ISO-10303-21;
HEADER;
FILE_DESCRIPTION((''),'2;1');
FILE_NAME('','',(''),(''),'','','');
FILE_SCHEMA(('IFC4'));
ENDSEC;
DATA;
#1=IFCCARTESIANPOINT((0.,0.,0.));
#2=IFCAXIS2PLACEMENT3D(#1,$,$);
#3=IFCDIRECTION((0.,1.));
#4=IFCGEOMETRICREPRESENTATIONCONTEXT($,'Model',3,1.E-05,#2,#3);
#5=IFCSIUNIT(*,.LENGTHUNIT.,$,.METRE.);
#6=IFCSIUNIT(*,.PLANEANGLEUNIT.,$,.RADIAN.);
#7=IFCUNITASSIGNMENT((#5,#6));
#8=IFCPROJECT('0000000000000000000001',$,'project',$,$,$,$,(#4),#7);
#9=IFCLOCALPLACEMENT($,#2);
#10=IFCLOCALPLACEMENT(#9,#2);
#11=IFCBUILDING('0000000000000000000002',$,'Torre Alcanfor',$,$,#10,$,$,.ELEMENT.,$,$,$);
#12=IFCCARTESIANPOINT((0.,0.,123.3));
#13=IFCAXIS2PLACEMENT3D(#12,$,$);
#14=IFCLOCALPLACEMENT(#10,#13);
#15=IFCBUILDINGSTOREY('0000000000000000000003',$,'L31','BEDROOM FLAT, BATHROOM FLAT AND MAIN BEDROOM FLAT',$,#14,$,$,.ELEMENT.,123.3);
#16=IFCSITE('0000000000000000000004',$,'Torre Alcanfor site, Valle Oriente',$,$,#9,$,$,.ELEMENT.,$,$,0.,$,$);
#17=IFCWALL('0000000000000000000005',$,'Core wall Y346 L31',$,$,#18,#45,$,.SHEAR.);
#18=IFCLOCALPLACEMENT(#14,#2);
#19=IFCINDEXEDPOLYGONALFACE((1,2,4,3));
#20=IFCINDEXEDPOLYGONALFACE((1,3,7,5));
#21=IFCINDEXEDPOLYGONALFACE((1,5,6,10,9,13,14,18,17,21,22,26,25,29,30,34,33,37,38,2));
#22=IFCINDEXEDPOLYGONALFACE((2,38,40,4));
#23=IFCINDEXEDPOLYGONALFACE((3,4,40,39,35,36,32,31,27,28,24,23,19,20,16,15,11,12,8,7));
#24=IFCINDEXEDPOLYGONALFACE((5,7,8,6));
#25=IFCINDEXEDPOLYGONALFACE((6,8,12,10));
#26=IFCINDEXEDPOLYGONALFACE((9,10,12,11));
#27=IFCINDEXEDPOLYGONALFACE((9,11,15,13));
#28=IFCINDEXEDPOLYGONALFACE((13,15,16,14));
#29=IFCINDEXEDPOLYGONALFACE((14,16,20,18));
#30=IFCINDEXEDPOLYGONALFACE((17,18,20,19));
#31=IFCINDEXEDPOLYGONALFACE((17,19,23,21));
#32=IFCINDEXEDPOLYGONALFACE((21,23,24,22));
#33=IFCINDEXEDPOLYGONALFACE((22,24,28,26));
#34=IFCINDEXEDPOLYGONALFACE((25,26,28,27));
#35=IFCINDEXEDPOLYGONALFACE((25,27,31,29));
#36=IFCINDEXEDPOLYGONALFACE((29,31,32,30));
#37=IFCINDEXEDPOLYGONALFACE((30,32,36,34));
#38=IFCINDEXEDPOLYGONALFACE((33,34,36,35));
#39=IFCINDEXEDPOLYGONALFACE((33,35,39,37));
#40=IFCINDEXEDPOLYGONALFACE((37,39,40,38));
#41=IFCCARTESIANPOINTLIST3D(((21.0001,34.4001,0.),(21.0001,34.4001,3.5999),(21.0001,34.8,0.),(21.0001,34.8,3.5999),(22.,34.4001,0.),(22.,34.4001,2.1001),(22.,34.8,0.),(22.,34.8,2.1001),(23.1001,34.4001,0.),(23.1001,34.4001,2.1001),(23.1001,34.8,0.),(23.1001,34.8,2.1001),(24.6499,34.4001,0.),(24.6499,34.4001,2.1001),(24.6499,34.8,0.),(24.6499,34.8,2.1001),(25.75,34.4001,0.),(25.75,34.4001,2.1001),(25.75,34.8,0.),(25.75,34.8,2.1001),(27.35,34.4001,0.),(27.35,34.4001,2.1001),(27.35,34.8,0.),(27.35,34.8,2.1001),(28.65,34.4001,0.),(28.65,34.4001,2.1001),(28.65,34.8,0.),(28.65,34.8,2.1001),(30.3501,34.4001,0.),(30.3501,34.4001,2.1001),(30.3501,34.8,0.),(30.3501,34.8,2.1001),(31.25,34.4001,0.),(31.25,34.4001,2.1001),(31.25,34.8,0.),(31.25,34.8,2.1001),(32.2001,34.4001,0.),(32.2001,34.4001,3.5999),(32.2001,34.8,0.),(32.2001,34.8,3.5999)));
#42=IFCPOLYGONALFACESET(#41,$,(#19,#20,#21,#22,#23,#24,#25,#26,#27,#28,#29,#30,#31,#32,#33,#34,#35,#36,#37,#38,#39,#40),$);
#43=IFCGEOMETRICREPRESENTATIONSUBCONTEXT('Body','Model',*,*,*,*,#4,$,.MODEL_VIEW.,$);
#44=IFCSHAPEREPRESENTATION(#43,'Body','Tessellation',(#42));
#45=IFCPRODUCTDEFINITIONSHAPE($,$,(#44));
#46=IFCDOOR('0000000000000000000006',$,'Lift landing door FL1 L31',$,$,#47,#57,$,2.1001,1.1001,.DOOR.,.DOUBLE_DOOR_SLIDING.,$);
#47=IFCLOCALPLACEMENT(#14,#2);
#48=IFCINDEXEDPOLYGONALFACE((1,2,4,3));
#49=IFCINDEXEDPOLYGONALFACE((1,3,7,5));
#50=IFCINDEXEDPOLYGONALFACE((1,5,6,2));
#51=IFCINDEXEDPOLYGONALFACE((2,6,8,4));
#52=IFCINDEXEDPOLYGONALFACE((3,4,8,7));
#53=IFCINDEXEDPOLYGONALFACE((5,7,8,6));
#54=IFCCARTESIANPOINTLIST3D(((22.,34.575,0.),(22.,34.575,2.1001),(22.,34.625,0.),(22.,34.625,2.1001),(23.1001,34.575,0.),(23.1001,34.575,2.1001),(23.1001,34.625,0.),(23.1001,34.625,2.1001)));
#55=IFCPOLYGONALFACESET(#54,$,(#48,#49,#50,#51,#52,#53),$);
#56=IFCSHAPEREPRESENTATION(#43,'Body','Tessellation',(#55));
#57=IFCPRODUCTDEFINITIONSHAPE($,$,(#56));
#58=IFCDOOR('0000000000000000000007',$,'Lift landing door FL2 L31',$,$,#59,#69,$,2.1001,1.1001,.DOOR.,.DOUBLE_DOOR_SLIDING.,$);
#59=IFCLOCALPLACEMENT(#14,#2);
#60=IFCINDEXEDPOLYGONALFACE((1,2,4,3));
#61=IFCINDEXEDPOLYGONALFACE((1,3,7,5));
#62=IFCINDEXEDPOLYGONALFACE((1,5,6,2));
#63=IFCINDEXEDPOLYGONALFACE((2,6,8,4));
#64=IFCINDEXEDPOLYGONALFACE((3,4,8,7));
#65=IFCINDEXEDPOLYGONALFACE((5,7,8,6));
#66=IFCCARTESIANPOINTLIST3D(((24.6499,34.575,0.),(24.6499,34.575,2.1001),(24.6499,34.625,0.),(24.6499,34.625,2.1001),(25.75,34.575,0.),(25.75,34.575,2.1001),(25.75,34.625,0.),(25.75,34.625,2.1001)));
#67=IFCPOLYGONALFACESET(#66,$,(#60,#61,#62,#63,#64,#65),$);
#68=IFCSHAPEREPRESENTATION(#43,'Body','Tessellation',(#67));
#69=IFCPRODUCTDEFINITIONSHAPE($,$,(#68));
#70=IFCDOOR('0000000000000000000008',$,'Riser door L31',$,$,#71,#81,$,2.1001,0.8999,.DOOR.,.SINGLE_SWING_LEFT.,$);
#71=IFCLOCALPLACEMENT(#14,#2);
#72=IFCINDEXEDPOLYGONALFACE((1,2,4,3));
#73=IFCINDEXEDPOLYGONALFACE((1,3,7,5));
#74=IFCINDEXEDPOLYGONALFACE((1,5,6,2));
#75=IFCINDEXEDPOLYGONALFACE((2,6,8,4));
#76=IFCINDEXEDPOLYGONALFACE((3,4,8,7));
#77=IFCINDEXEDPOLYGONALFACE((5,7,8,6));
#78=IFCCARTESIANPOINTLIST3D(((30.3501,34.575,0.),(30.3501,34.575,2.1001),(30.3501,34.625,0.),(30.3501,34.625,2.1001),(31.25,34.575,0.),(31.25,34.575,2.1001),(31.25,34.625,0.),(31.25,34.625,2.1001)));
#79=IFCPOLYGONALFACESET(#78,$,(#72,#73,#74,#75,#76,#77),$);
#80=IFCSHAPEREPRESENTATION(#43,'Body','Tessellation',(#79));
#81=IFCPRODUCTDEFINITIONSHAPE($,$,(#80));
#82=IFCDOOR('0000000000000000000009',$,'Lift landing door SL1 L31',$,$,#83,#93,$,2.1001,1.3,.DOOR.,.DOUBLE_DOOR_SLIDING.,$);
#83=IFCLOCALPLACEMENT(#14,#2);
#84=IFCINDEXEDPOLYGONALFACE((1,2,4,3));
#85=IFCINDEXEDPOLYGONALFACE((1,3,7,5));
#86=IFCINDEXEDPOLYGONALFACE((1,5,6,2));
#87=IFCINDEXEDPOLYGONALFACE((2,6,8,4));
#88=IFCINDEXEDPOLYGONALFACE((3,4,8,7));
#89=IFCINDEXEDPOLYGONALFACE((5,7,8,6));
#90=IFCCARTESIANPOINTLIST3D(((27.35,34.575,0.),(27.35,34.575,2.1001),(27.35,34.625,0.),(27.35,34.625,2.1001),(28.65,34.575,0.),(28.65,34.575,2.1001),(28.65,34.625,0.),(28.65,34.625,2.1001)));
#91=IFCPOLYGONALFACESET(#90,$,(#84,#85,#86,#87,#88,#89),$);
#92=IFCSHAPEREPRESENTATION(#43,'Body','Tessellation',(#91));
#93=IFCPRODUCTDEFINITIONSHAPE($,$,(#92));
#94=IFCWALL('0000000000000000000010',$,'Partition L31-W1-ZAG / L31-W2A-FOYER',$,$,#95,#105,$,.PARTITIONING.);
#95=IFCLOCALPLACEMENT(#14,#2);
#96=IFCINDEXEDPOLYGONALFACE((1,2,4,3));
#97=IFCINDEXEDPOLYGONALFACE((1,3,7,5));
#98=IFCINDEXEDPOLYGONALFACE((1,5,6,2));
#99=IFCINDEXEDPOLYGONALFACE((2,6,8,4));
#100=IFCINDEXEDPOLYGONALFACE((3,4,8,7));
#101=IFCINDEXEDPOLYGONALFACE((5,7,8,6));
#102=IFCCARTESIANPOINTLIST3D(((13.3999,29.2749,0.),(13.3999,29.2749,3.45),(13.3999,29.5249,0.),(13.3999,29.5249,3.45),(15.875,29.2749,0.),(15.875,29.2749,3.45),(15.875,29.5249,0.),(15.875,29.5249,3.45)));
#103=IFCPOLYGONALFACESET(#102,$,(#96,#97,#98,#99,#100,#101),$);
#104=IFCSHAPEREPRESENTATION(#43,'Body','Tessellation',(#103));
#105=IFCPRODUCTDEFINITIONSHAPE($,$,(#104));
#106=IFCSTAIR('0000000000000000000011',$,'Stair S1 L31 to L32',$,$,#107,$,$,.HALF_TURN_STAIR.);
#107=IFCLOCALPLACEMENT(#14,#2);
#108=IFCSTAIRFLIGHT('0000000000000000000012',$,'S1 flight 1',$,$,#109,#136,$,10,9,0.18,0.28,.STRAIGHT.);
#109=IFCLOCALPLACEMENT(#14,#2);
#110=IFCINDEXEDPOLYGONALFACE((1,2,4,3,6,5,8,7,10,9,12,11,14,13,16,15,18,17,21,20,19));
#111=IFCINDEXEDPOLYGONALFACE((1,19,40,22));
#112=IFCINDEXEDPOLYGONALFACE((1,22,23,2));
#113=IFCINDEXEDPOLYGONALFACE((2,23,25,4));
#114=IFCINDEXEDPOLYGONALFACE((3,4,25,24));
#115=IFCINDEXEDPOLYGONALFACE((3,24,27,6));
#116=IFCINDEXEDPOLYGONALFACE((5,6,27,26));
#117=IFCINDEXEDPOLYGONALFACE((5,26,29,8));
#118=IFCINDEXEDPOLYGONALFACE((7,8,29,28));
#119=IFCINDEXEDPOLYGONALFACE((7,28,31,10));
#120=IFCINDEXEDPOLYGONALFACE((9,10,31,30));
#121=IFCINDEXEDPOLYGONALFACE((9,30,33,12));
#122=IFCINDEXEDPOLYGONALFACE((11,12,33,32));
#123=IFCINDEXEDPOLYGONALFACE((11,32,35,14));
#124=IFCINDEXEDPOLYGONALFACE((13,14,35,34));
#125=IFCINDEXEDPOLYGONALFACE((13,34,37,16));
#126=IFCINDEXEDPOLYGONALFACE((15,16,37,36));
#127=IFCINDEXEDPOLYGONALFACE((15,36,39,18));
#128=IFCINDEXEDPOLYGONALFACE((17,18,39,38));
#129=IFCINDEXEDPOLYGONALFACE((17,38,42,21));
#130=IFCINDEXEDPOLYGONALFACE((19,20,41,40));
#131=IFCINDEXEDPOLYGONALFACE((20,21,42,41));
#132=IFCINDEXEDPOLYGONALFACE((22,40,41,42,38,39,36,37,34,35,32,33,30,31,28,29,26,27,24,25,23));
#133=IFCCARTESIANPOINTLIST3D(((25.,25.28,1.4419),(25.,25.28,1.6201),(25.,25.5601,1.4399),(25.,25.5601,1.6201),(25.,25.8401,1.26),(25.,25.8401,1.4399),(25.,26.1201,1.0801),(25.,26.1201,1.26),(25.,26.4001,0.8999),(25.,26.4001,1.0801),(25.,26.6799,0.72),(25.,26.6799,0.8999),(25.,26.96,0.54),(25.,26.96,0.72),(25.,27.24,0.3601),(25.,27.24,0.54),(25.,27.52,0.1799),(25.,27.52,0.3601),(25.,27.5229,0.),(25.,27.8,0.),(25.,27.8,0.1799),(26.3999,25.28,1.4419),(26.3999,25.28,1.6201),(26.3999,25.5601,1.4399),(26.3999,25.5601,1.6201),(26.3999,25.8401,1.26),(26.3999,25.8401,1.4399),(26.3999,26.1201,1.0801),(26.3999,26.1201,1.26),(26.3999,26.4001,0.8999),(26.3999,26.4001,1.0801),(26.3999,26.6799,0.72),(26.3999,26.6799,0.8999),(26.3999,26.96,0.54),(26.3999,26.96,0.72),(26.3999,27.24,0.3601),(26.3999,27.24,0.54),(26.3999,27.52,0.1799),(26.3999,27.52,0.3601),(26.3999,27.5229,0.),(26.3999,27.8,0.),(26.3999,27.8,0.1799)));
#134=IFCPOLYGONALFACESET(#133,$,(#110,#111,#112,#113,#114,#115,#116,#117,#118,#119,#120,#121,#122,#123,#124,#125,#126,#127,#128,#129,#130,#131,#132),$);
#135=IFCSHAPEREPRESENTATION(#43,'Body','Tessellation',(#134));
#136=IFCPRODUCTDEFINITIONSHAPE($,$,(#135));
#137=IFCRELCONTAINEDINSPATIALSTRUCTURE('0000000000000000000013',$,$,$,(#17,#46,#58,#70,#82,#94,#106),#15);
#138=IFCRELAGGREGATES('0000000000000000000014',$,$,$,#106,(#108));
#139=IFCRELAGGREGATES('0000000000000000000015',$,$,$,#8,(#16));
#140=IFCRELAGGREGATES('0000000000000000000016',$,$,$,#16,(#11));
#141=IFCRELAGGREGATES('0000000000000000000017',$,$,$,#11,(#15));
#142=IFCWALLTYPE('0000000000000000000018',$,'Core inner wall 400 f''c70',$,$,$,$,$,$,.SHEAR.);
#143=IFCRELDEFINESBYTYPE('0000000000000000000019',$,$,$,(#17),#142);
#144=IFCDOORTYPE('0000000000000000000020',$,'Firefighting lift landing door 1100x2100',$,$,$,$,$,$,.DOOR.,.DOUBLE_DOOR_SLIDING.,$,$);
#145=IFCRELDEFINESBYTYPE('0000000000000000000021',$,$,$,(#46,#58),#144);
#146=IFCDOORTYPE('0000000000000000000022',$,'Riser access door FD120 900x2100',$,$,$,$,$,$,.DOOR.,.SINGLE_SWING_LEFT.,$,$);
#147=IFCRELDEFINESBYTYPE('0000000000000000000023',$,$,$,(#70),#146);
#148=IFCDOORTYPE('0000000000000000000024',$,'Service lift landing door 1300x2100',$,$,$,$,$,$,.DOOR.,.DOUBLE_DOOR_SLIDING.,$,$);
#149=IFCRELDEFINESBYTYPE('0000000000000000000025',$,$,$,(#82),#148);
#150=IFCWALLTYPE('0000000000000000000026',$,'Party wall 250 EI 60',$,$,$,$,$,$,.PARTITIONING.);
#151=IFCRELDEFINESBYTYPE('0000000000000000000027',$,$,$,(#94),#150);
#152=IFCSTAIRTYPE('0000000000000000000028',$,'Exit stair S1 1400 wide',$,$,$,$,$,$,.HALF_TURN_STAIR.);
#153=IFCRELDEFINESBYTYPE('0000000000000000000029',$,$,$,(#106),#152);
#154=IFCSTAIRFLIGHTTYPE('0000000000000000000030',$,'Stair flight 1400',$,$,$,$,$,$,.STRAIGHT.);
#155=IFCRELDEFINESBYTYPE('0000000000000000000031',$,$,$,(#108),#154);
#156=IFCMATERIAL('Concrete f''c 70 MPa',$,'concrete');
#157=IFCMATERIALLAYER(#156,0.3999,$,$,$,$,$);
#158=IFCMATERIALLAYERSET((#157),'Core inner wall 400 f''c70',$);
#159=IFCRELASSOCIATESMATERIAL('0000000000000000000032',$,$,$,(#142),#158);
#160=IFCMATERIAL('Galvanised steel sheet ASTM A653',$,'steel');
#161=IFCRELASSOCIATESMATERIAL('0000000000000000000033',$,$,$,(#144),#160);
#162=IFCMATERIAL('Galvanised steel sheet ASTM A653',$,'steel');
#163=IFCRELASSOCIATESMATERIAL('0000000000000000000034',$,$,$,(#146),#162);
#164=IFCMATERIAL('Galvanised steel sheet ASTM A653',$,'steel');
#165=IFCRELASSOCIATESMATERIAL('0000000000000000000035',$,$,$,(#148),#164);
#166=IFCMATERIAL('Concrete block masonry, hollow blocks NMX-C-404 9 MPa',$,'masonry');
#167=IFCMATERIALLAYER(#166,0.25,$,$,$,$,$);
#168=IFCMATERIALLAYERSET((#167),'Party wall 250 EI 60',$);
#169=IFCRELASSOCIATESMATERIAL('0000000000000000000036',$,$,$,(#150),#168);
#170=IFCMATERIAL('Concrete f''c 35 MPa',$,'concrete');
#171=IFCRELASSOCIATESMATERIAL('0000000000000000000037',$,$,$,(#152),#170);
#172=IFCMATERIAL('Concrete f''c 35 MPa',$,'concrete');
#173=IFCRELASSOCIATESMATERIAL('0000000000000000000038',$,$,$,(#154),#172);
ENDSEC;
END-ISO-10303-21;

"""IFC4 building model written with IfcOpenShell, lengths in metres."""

from ifc_helpers import new_model, si_unit, direction, frame, frame_2d, origin, place, context, subcontext, project, spatial, polyline, rectangle, outline, extrude, material, layer, layer_set, type_object, element, fill, aggregate, save


model = new_model("IFC4")

# Units and contexts
model_context = context("Model", 3, precision=1e-05, world=origin(), true_north=direction((0.0, 1.0)))
body_context = subcontext(model_context, "Body", "Model", "MODEL_VIEW")
ifc_project = project(units=[si_unit("LENGTHUNIT", "METRE"), si_unit("PLANEANGLEUNIT", "RADIAN")], contexts=[model_context])

# Site, building, storey
site_placement = place(None, origin())
site = spatial("IfcSite", under=ifc_project, at=site_placement, Name="Torre Alcanfor site, Valle Oriente", CompositionType="ELEMENT", RefElevation=0.0)
building_placement = place(site_placement, origin())
building = spatial("IfcBuilding", under=site, at=building_placement, Name="Torre Alcanfor", CompositionType="ELEMENT")
storey_placement = place(building_placement, frame((0.0, 0.0, 123.3)))
storey = spatial("IfcBuildingStorey", under=building, at=storey_placement, Name="L31", Description="BEDROOM FLAT, BATHROOM FLAT AND MAIN BEDROOM FLAT", CompositionType="ELEMENT", Elevation=123.3)

# Shared definitions
ifc_material_1 = material(Name="Concrete f'c 70 MPa", Category="concrete")
ifc_layer_1 = layer(ifc_material_1, 0.3999)
ifc_layer_set_1 = layer_set([ifc_layer_1], Name="Core inner wall 400 f'c70")
wall_type_1 = type_object("IfcWallType", Name="Core inner wall 400 f'c70", PredefinedType="SHEAR", material=ifc_layer_set_1)

# Wall, openings, doors
wall_1_placement = place(storey_placement, frame((21.0, 34.6001, 0.0), z_axis=(0.0, 0.0, 1.0), x_axis=(1.0, 0.0, 0.0)))
wall_1 = element("IfcWall", 1, at=wall_1_placement, inside=storey, type_object=wall_type_1, Name="Core wall Y346 L31", PredefinedType="SHEAR", context=body_context, shape_type="SweptSolid", body=[
    extrude(rectangle(XDim=11.2, YDim=0.3999, at=frame_2d((5.6001, 0.0))), origin(), (0.0, 0.0, 1.0), 3.5999),
])
opening_1_placement = place(wall_1_placement, frame((9.3501, 0.0, 0.0)))
opening_1 = element("IfcOpeningElement", 2, at=opening_1_placement, cuts=wall_1, PredefinedType="OPENING", context=body_context, shape_type="SweptSolid", body=[
    extrude(rectangle(XDim=0.8999, YDim=2.1001, at=frame_2d((0.45, 1.05))), frame((0.0, 0.21, 0.0), z_axis=(0.0, -1.0, 0.0), x_axis=(1.0, 0.0, 0.0)), (0.0, 0.0, 1.0), 0.4199),
])
opening_2_placement = place(wall_1_placement, frame((1.0, 0.0, 0.0)))
opening_2 = element("IfcOpeningElement", 3, at=opening_2_placement, cuts=wall_1, PredefinedType="OPENING", context=body_context, shape_type="SweptSolid", body=[
    extrude(rectangle(XDim=1.1001, YDim=2.1001, at=frame_2d((0.55, 1.05))), frame((0.0, 0.21, 0.0), z_axis=(0.0, -1.0, 0.0), x_axis=(1.0, 0.0, 0.0)), (0.0, 0.0, 1.0), 0.4199),
])
opening_3_placement = place(wall_1_placement, frame((3.6499, 0.0, 0.0)))
opening_3 = element("IfcOpeningElement", 4, at=opening_3_placement, cuts=wall_1, PredefinedType="OPENING", context=body_context, shape_type="SweptSolid", body=[
    extrude(rectangle(XDim=1.1001, YDim=2.1001, at=frame_2d((0.55, 1.05))), frame((0.0, 0.21, 0.0), z_axis=(0.0, -1.0, 0.0), x_axis=(1.0, 0.0, 0.0)), (0.0, 0.0, 1.0), 0.4199),
])
opening_4_placement = place(wall_1_placement, frame((6.3501, 0.0, 0.0)))
opening_4 = element("IfcOpeningElement", 5, at=opening_4_placement, cuts=wall_1, PredefinedType="OPENING", context=body_context, shape_type="SweptSolid", body=[
    extrude(rectangle(XDim=1.3, YDim=2.1001, at=frame_2d((0.6499, 1.05))), frame((0.0, 0.21, 0.0), z_axis=(0.0, -1.0, 0.0), x_axis=(1.0, 0.0, 0.0)), (0.0, 0.0, 1.0), 0.4199),
])
ifc_material_2 = material(Name="Galvanised steel sheet ASTM A653", Category="steel")
door_type_1 = type_object("IfcDoorType", Name="Firefighting lift landing door 1100x2100", OperationType="DOUBLE_DOOR_SLIDING", PredefinedType="DOOR", material=ifc_material_2)
door_1_placement = place(opening_2_placement, origin())
door_1 = element("IfcDoor", 6, at=door_1_placement, inside=storey, type_object=door_type_1, Name="Lift landing door FL1 L31", OperationType="DOUBLE_DOOR_SLIDING", OverallHeight=2.1001, OverallWidth=1.1001, PredefinedType="DOOR", context=body_context, shape_type="SweptSolid", body=[
    extrude(rectangle(XDim=1.1001, YDim=2.1001, at=frame_2d((0.55, 1.05))), frame((0.0, 0.0249, 0.0), z_axis=(0.0, -1.0, 0.0), x_axis=(1.0, 0.0, 0.0)), (0.0, 0.0, 1.0), 0.05),
])
fill(opening_2, door_1)
door_2_placement = place(opening_3_placement, origin())
door_2 = element("IfcDoor", 7, at=door_2_placement, inside=storey, type_object=door_type_1, Name="Lift landing door FL2 L31", OperationType="DOUBLE_DOOR_SLIDING", OverallHeight=2.1001, OverallWidth=1.1001, PredefinedType="DOOR", context=body_context, shape_type="SweptSolid", body=[
    extrude(rectangle(XDim=1.1001, YDim=2.1001, at=frame_2d((0.55, 1.05))), frame((0.0, 0.0249, 0.0), z_axis=(0.0, -1.0, 0.0), x_axis=(1.0, 0.0, 0.0)), (0.0, 0.0, 1.0), 0.05),
])
fill(opening_3, door_2)
ifc_material_3 = material(Name="Galvanised steel sheet ASTM A653", Category="steel")
door_type_2 = type_object("IfcDoorType", Name="Riser access door FD120 900x2100", OperationType="SINGLE_SWING_LEFT", PredefinedType="DOOR", material=ifc_material_3)
door_3_placement = place(opening_1_placement, origin())
door_3 = element("IfcDoor", 8, at=door_3_placement, inside=storey, type_object=door_type_2, Name="Riser door L31", OperationType="SINGLE_SWING_LEFT", OverallHeight=2.1001, OverallWidth=0.8999, PredefinedType="DOOR", context=body_context, shape_type="SweptSolid", body=[
    extrude(rectangle(XDim=0.8999, YDim=2.1001, at=frame_2d((0.45, 1.05))), frame((0.0, 0.0249, 0.0), z_axis=(0.0, -1.0, 0.0), x_axis=(1.0, 0.0, 0.0)), (0.0, 0.0, 1.0), 0.05),
])
fill(opening_1, door_3)
ifc_material_4 = material(Name="Galvanised steel sheet ASTM A653", Category="steel")
door_type_3 = type_object("IfcDoorType", Name="Service lift landing door 1300x2100", OperationType="DOUBLE_DOOR_SLIDING", PredefinedType="DOOR", material=ifc_material_4)
door_4_placement = place(opening_4_placement, origin())
door_4 = element("IfcDoor", 9, at=door_4_placement, inside=storey, type_object=door_type_3, Name="Lift landing door SL1 L31", OperationType="DOUBLE_DOOR_SLIDING", OverallHeight=2.1001, OverallWidth=1.3, PredefinedType="DOOR", context=body_context, shape_type="SweptSolid", body=[
    extrude(rectangle(XDim=1.3, YDim=2.1001, at=frame_2d((0.6499, 1.05))), frame((0.0, 0.0249, 0.0), z_axis=(0.0, -1.0, 0.0), x_axis=(1.0, 0.0, 0.0)), (0.0, 0.0, 1.0), 0.05),
])
fill(opening_4, door_4)

# Wall
ifc_material_5 = material(Name="Concrete block masonry, hollow blocks NMX-C-404 9 MPa", Category="masonry")
ifc_layer_2 = layer(ifc_material_5, 0.25)
ifc_layer_set_2 = layer_set([ifc_layer_2], Name="Party wall 250 EI 60")
wall_type_2 = type_object("IfcWallType", Name="Party wall 250 EI 60", PredefinedType="PARTITIONING", material=ifc_layer_set_2)
wall_2_placement = place(storey_placement, frame((15.875, 29.3999, 0.0), z_axis=(0.0, 0.0, 1.0), x_axis=(-1.0, 0.0, 0.0)))
element("IfcWall", 10, at=wall_2_placement, inside=storey, type_object=wall_type_2, Name="Partition L31-W1-ZAG / L31-W2A-FOYER", PredefinedType="PARTITIONING", context=body_context, shape_type="SweptSolid", body=[
    extrude(rectangle(XDim=2.4751, YDim=0.25, at=frame_2d((1.2375, 0.0))), origin(), (0.0, 0.0, 1.0), 3.45),
])

# Stair, stair flight
ifc_material_6 = material(Name="Concrete f'c 35 MPa", Category="concrete")
stair_type = type_object("IfcStairType", Name="Exit stair S1 1400 wide", PredefinedType="HALF_TURN_STAIR", material=ifc_material_6)
stair_placement = place(storey_placement, origin())
stair = element("IfcStair", 11, at=stair_placement, inside=storey, type_object=stair_type, Name="Stair S1 L31 to L32", PredefinedType="HALF_TURN_STAIR")
ifc_material_7 = material(Name="Concrete f'c 35 MPa", Category="concrete")
stair_flight_type = type_object("IfcStairFlightType", Name="Stair flight 1400", PredefinedType="STRAIGHT", material=ifc_material_7)
stair_flight_placement = place(storey_placement, frame((25.7, 27.8, 0.0), z_axis=(0.0, 0.0, 1.0), x_axis=(0.0, -1.0, 0.0)))
stair_flight = element("IfcStairFlight", 12, at=stair_flight_placement, type_object=stair_flight_type, Name="S1 flight 1", NumberOfRisers=10, NumberOfTreads=9, PredefinedType="STRAIGHT", RiserHeight=0.18, TreadLength=0.28, context=body_context, shape_type="SweptSolid", body=[
    extrude(outline(polyline([(0.0, 0.0), (0.0, 0.1799), (0.28, 0.1799), (0.28, 0.3601), (0.5601, 0.3601), (0.5601, 0.54), (0.8401, 0.54), (0.8401, 0.72), (1.1201, 0.72), (1.1201, 0.8999), (1.3999, 0.8999), (1.3999, 1.0801), (1.6799, 1.0801), (1.6799, 1.26), (1.96, 1.26), (1.96, 1.4399), (2.24, 1.4399), (2.24, 1.6201), (2.52, 1.6201), (2.52, 1.8), (2.52, 1.4419), (0.2771, 0.0), (0.0, 0.0)])), frame((0.0, 0.7, 0.0), z_axis=(0.0, -1.0, 0.0), x_axis=(1.0, 0.0, 0.0)), (0.0, 0.0, 1.0), 1.3999),
])
aggregate(stair, [stair_flight])

save(model, "model.ifc")
